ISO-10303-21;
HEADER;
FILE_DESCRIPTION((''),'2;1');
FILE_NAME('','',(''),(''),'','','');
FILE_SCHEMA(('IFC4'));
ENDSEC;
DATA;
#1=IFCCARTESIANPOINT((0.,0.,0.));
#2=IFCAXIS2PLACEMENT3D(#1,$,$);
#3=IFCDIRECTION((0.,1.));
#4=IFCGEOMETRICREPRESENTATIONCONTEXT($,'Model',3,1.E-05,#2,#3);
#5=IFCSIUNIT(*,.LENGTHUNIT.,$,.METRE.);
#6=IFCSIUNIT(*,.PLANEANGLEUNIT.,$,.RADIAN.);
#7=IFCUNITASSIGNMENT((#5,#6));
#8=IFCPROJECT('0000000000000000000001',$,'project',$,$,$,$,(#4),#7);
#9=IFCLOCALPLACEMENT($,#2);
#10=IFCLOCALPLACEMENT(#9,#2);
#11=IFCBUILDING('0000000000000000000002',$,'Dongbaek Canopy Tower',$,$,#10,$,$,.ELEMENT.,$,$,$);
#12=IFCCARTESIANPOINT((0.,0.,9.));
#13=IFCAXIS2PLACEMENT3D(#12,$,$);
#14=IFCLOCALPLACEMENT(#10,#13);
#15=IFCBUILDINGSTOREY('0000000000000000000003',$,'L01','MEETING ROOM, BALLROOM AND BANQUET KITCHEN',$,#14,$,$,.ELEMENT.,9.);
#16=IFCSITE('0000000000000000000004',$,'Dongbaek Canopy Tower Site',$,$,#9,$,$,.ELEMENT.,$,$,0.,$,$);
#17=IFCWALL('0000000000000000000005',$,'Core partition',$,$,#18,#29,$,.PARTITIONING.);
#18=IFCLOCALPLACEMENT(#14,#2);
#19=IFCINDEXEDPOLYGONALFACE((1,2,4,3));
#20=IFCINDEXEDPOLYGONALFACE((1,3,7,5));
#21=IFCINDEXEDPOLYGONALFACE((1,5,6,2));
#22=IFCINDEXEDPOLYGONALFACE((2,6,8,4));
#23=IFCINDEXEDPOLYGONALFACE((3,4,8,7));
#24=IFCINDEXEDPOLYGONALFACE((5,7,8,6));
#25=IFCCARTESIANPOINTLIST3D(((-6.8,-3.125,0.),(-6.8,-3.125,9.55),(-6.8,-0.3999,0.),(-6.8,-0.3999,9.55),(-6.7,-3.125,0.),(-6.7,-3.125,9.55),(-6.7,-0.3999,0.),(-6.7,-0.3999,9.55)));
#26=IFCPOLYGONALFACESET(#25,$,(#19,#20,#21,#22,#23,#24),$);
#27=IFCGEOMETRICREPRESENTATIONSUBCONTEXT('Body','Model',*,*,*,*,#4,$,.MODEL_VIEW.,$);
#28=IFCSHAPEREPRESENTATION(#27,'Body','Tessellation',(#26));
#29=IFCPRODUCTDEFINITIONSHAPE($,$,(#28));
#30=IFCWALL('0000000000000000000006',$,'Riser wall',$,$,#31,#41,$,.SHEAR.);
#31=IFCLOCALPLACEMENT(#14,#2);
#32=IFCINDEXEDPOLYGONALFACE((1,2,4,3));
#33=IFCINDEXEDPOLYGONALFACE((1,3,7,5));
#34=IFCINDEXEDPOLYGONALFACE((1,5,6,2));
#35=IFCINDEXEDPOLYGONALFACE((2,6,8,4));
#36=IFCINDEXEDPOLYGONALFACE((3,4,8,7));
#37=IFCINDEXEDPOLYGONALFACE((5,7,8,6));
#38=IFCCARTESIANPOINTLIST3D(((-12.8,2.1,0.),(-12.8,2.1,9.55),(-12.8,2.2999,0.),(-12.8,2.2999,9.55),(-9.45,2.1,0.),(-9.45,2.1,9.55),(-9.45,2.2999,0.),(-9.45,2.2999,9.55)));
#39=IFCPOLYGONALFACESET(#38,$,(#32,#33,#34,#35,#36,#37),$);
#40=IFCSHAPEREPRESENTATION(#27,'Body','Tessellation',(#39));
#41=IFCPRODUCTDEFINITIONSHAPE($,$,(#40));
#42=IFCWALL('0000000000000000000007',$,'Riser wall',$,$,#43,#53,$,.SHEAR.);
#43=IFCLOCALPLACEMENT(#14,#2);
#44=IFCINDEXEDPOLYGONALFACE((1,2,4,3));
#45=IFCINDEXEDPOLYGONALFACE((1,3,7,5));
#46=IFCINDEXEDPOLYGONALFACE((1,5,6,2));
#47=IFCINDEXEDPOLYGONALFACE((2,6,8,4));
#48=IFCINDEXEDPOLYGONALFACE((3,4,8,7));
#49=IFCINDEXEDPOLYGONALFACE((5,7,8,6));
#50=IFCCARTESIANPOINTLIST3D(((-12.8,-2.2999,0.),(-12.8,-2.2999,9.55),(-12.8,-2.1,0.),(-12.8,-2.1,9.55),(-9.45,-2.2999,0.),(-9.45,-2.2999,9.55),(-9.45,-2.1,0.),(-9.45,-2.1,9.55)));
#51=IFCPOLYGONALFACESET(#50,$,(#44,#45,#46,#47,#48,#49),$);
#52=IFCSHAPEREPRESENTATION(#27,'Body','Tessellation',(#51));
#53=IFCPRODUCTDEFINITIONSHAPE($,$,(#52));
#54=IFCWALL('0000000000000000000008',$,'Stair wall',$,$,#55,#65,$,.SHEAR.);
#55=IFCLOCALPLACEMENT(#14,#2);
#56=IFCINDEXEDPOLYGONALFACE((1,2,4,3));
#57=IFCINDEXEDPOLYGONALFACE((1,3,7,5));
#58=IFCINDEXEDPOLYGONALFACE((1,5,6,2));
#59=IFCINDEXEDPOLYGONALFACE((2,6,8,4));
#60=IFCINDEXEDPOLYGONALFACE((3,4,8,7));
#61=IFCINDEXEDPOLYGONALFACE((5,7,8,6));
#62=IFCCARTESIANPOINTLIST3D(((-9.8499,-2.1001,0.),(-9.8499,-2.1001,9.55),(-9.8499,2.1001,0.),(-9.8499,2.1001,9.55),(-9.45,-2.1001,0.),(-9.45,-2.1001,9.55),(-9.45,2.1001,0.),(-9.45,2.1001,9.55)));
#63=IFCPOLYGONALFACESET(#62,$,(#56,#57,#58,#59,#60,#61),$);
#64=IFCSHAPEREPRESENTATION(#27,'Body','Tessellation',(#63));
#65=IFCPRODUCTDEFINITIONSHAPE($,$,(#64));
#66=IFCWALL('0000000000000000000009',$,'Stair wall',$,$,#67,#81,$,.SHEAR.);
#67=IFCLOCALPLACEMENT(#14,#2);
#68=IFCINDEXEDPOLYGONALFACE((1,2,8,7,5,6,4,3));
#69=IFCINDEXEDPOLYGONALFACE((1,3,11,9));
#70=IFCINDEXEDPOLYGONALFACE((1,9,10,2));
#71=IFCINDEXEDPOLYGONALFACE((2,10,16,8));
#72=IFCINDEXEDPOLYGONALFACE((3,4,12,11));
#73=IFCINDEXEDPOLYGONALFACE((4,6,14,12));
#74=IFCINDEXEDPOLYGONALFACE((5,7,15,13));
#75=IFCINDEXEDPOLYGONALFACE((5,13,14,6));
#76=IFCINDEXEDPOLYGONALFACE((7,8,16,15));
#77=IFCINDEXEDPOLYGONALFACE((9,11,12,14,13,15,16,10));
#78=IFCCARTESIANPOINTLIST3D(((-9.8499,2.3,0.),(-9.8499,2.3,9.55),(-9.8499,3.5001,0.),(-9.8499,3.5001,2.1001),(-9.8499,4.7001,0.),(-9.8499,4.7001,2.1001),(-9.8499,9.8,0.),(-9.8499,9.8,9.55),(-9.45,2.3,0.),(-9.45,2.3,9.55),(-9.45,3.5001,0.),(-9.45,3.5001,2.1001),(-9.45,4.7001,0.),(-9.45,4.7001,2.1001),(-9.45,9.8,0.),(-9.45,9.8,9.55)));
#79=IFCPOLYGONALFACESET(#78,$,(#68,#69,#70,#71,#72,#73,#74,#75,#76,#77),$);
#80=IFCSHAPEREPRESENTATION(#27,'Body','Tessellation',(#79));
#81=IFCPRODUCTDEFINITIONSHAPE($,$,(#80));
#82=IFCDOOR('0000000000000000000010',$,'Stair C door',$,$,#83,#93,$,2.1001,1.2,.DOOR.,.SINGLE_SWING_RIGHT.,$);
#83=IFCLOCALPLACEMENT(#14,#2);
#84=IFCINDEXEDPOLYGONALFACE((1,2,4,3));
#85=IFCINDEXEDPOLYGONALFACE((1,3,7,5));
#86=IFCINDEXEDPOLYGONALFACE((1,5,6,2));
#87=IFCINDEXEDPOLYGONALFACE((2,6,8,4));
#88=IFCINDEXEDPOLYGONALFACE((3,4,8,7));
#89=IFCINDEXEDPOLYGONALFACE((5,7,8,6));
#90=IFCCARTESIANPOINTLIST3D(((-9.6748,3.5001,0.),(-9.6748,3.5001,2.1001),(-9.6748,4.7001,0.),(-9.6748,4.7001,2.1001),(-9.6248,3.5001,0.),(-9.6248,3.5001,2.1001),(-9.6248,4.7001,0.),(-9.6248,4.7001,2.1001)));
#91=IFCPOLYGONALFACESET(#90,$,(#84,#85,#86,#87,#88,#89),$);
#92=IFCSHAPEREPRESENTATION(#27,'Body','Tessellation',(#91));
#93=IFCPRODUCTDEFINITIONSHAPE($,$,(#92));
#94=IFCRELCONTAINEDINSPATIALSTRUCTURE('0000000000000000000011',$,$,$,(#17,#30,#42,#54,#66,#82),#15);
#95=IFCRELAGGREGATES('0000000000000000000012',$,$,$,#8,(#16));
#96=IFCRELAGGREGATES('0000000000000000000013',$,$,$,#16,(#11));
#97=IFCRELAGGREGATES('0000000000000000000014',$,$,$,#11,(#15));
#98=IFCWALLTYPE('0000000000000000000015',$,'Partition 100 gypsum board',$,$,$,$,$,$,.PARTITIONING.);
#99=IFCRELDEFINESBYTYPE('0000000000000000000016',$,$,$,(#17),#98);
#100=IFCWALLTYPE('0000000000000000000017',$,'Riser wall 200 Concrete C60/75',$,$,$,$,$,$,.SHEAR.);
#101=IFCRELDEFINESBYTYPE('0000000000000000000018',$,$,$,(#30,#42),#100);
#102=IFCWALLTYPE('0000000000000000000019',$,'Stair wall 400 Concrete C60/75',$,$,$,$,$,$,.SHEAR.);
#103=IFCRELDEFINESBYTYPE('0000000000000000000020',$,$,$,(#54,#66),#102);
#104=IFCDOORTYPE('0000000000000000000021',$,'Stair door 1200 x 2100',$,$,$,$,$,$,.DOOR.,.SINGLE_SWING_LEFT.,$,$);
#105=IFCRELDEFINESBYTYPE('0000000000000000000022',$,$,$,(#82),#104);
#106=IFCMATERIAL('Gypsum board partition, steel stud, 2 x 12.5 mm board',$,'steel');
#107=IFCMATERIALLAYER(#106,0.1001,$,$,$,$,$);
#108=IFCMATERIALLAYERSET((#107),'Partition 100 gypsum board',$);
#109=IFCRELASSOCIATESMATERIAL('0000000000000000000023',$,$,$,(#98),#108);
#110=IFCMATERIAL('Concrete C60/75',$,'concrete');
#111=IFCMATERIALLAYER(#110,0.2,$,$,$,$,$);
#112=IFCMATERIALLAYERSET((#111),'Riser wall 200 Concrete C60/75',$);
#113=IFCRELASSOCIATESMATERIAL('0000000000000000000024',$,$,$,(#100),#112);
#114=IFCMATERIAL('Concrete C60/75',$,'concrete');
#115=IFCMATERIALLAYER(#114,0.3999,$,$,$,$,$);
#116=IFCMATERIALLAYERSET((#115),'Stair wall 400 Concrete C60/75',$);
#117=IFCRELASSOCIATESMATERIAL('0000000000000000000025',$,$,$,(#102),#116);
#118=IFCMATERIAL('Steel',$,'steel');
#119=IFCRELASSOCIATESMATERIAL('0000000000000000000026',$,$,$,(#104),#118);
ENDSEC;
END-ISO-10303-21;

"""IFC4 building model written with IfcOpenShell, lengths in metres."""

from ifc_helpers import new_model, si_unit, direction, frame, frame_2d, origin, place, context, subcontext, project, spatial, rectangle, extrude, material, layer, layer_set, type_object, element, fill, save


model = new_model("IFC4")

# Units and contexts
model_context = context("Model", 3, precision=1e-05, world=origin(), true_north=direction((0.0, 1.0)))
body_context = subcontext(model_context, "Body", "Model", "MODEL_VIEW")
ifc_project = project(units=[si_unit("LENGTHUNIT", "METRE"), si_unit("PLANEANGLEUNIT", "RADIAN")], contexts=[model_context])

# Site, building, storey
site_placement = place(None, origin())
site = spatial("IfcSite", under=ifc_project, at=site_placement, Name="Dongbaek Canopy Tower Site", CompositionType="ELEMENT", RefElevation=0.0)
building_placement = place(site_placement, origin())
building = spatial("IfcBuilding", under=site, at=building_placement, Name="Dongbaek Canopy Tower", CompositionType="ELEMENT")
storey_placement = place(building_placement, frame((0.0, 0.0, 9.0)))
storey = spatial("IfcBuildingStorey", under=building, at=storey_placement, Name="L01", Description="MEETING ROOM, BALLROOM AND BANQUET KITCHEN", CompositionType="ELEMENT", Elevation=9.0)

# Walls
ifc_material_1 = material(Name="Gypsum board partition, steel stud, 2 x 12.5 mm board", Category="steel")
ifc_layer_1 = layer(ifc_material_1, 0.1001)
ifc_layer_set_1 = layer_set([ifc_layer_1], Name="Partition 100 gypsum board")
wall_type_1 = type_object("IfcWallType", Name="Partition 100 gypsum board", PredefinedType="PARTITIONING", material=ifc_layer_set_1)
for number, where, z_axis, x_axis, name in (
    (1, (-6.75, -3.125, 0.0), (0.0, 0.0, 1.0), (0.0, 1.0, 0.0), "Core partition"),
):
    element("IfcWall", number, at=place(storey_placement, frame(where, z_axis=z_axis, x_axis=x_axis)), inside=storey, type_object=wall_type_1, Name=name, PredefinedType="PARTITIONING", context=body_context, shape_type="SweptSolid", body=[
        extrude(rectangle(XDim=2.7251, YDim=0.1001, at=frame_2d((1.3625, 0.0))), origin(), (0.0, 0.0, 1.0), 9.55),
    ])
ifc_material_2 = material(Name="Concrete C60/75", Category="concrete")
ifc_layer_2 = layer(ifc_material_2, 0.2)
ifc_layer_set_2 = layer_set([ifc_layer_2], Name="Riser wall 200 Concrete C60/75")
wall_type_2 = type_object("IfcWallType", Name="Riser wall 200 Concrete C60/75", PredefinedType="SHEAR", material=ifc_layer_set_2)
for number, where, z_axis, x_axis, name in (
    (2, (-9.45, 2.2, 0.0), (0.0, 0.0, 1.0), (-1.0, 0.0, 0.0), "Riser wall"),
    (3, (-9.45, -2.2, 0.0), (0.0, 0.0, 1.0), (-1.0, 0.0, 0.0), "Riser wall"),
):
    element("IfcWall", number, at=place(storey_placement, frame(where, z_axis=z_axis, x_axis=x_axis)), inside=storey, type_object=wall_type_2, Name=name, PredefinedType="SHEAR", context=body_context, shape_type="SweptSolid", body=[
        extrude(rectangle(XDim=3.3501, YDim=0.2, at=frame_2d((1.675, 0.0))), origin(), (0.0, 0.0, 1.0), 9.55),
    ])
ifc_material_3 = material(Name="Concrete C60/75", Category="concrete")
ifc_layer_3 = layer(ifc_material_3, 0.3999)
ifc_layer_set_3 = layer_set([ifc_layer_3], Name="Stair wall 400 Concrete C60/75")
wall_type_3 = type_object("IfcWallType", Name="Stair wall 400 Concrete C60/75", PredefinedType="SHEAR", material=ifc_layer_set_3)
wall_1_placement = place(storey_placement, frame((-9.6499, -2.1001, 0.0), z_axis=(0.0, 0.0, 1.0), x_axis=(0.0, 1.0, 0.0)))
element("IfcWall", 4, at=wall_1_placement, inside=storey, type_object=wall_type_3, Name="Stair wall", PredefinedType="SHEAR", context=body_context, shape_type="SweptSolid", body=[
    extrude(rectangle(XDim=4.2002, YDim=0.3999, at=frame_2d((2.1001, 0.0))), origin(), (0.0, 0.0, 1.0), 9.55),
])

# Wall, opening, door
wall_2_placement = place(storey_placement, frame((-9.6499, 2.3, 0.0), z_axis=(0.0, 0.0, 1.0), x_axis=(0.0, 1.0, 0.0)))
wall_2 = element("IfcWall", 5, at=wall_2_placement, inside=storey, type_object=wall_type_3, Name="Stair wall", PredefinedType="SHEAR", context=body_context, shape_type="SweptSolid", body=[
    extrude(rectangle(XDim=7.5, YDim=0.3999, at=frame_2d((3.75, 0.0))), origin(), (0.0, 0.0, 1.0), 9.55),
])
opening_1_placement = place(wall_2_placement, frame((1.2, 0.0, 0.0)))
opening_1 = element("IfcOpeningElement", 6, at=opening_1_placement, cuts=wall_2, PredefinedType="OPENING", context=body_context, shape_type="SweptSolid", body=[
    extrude(rectangle(XDim=1.2, YDim=2.1001, at=frame_2d((0.6001, 1.05))), frame((0.0, 0.21, 0.0), z_axis=(0.0, -1.0, 0.0), x_axis=(1.0, 0.0, 0.0)), (0.0, 0.0, 1.0), 0.4199),
])
ifc_material_4 = material(Name="Steel", Category="steel")
door_type_1 = type_object("IfcDoorType", Name="Stair door 1200 x 2100", OperationType="SINGLE_SWING_LEFT", PredefinedType="DOOR", material=ifc_material_4)
door_1_placement = place(opening_1_placement, origin())
door_1 = element("IfcDoor", 7, at=door_1_placement, inside=storey, type_object=door_type_1, Name="Stair C door", OperationType="SINGLE_SWING_RIGHT", OverallHeight=2.1001, OverallWidth=1.2, PredefinedType="DOOR", context=body_context, shape_type="SweptSolid", body=[
    extrude(rectangle(XDim=1.2, YDim=2.1001, at=frame_2d((0.6001, 1.05))), frame((0.0, 0.0249, 0.0), z_axis=(0.0, -1.0, 0.0), x_axis=(1.0, 0.0, 0.0)), (0.0, 0.0, 1.0), 0.05),
])
fill(opening_1, door_1)

save(model, "model.ifc")
